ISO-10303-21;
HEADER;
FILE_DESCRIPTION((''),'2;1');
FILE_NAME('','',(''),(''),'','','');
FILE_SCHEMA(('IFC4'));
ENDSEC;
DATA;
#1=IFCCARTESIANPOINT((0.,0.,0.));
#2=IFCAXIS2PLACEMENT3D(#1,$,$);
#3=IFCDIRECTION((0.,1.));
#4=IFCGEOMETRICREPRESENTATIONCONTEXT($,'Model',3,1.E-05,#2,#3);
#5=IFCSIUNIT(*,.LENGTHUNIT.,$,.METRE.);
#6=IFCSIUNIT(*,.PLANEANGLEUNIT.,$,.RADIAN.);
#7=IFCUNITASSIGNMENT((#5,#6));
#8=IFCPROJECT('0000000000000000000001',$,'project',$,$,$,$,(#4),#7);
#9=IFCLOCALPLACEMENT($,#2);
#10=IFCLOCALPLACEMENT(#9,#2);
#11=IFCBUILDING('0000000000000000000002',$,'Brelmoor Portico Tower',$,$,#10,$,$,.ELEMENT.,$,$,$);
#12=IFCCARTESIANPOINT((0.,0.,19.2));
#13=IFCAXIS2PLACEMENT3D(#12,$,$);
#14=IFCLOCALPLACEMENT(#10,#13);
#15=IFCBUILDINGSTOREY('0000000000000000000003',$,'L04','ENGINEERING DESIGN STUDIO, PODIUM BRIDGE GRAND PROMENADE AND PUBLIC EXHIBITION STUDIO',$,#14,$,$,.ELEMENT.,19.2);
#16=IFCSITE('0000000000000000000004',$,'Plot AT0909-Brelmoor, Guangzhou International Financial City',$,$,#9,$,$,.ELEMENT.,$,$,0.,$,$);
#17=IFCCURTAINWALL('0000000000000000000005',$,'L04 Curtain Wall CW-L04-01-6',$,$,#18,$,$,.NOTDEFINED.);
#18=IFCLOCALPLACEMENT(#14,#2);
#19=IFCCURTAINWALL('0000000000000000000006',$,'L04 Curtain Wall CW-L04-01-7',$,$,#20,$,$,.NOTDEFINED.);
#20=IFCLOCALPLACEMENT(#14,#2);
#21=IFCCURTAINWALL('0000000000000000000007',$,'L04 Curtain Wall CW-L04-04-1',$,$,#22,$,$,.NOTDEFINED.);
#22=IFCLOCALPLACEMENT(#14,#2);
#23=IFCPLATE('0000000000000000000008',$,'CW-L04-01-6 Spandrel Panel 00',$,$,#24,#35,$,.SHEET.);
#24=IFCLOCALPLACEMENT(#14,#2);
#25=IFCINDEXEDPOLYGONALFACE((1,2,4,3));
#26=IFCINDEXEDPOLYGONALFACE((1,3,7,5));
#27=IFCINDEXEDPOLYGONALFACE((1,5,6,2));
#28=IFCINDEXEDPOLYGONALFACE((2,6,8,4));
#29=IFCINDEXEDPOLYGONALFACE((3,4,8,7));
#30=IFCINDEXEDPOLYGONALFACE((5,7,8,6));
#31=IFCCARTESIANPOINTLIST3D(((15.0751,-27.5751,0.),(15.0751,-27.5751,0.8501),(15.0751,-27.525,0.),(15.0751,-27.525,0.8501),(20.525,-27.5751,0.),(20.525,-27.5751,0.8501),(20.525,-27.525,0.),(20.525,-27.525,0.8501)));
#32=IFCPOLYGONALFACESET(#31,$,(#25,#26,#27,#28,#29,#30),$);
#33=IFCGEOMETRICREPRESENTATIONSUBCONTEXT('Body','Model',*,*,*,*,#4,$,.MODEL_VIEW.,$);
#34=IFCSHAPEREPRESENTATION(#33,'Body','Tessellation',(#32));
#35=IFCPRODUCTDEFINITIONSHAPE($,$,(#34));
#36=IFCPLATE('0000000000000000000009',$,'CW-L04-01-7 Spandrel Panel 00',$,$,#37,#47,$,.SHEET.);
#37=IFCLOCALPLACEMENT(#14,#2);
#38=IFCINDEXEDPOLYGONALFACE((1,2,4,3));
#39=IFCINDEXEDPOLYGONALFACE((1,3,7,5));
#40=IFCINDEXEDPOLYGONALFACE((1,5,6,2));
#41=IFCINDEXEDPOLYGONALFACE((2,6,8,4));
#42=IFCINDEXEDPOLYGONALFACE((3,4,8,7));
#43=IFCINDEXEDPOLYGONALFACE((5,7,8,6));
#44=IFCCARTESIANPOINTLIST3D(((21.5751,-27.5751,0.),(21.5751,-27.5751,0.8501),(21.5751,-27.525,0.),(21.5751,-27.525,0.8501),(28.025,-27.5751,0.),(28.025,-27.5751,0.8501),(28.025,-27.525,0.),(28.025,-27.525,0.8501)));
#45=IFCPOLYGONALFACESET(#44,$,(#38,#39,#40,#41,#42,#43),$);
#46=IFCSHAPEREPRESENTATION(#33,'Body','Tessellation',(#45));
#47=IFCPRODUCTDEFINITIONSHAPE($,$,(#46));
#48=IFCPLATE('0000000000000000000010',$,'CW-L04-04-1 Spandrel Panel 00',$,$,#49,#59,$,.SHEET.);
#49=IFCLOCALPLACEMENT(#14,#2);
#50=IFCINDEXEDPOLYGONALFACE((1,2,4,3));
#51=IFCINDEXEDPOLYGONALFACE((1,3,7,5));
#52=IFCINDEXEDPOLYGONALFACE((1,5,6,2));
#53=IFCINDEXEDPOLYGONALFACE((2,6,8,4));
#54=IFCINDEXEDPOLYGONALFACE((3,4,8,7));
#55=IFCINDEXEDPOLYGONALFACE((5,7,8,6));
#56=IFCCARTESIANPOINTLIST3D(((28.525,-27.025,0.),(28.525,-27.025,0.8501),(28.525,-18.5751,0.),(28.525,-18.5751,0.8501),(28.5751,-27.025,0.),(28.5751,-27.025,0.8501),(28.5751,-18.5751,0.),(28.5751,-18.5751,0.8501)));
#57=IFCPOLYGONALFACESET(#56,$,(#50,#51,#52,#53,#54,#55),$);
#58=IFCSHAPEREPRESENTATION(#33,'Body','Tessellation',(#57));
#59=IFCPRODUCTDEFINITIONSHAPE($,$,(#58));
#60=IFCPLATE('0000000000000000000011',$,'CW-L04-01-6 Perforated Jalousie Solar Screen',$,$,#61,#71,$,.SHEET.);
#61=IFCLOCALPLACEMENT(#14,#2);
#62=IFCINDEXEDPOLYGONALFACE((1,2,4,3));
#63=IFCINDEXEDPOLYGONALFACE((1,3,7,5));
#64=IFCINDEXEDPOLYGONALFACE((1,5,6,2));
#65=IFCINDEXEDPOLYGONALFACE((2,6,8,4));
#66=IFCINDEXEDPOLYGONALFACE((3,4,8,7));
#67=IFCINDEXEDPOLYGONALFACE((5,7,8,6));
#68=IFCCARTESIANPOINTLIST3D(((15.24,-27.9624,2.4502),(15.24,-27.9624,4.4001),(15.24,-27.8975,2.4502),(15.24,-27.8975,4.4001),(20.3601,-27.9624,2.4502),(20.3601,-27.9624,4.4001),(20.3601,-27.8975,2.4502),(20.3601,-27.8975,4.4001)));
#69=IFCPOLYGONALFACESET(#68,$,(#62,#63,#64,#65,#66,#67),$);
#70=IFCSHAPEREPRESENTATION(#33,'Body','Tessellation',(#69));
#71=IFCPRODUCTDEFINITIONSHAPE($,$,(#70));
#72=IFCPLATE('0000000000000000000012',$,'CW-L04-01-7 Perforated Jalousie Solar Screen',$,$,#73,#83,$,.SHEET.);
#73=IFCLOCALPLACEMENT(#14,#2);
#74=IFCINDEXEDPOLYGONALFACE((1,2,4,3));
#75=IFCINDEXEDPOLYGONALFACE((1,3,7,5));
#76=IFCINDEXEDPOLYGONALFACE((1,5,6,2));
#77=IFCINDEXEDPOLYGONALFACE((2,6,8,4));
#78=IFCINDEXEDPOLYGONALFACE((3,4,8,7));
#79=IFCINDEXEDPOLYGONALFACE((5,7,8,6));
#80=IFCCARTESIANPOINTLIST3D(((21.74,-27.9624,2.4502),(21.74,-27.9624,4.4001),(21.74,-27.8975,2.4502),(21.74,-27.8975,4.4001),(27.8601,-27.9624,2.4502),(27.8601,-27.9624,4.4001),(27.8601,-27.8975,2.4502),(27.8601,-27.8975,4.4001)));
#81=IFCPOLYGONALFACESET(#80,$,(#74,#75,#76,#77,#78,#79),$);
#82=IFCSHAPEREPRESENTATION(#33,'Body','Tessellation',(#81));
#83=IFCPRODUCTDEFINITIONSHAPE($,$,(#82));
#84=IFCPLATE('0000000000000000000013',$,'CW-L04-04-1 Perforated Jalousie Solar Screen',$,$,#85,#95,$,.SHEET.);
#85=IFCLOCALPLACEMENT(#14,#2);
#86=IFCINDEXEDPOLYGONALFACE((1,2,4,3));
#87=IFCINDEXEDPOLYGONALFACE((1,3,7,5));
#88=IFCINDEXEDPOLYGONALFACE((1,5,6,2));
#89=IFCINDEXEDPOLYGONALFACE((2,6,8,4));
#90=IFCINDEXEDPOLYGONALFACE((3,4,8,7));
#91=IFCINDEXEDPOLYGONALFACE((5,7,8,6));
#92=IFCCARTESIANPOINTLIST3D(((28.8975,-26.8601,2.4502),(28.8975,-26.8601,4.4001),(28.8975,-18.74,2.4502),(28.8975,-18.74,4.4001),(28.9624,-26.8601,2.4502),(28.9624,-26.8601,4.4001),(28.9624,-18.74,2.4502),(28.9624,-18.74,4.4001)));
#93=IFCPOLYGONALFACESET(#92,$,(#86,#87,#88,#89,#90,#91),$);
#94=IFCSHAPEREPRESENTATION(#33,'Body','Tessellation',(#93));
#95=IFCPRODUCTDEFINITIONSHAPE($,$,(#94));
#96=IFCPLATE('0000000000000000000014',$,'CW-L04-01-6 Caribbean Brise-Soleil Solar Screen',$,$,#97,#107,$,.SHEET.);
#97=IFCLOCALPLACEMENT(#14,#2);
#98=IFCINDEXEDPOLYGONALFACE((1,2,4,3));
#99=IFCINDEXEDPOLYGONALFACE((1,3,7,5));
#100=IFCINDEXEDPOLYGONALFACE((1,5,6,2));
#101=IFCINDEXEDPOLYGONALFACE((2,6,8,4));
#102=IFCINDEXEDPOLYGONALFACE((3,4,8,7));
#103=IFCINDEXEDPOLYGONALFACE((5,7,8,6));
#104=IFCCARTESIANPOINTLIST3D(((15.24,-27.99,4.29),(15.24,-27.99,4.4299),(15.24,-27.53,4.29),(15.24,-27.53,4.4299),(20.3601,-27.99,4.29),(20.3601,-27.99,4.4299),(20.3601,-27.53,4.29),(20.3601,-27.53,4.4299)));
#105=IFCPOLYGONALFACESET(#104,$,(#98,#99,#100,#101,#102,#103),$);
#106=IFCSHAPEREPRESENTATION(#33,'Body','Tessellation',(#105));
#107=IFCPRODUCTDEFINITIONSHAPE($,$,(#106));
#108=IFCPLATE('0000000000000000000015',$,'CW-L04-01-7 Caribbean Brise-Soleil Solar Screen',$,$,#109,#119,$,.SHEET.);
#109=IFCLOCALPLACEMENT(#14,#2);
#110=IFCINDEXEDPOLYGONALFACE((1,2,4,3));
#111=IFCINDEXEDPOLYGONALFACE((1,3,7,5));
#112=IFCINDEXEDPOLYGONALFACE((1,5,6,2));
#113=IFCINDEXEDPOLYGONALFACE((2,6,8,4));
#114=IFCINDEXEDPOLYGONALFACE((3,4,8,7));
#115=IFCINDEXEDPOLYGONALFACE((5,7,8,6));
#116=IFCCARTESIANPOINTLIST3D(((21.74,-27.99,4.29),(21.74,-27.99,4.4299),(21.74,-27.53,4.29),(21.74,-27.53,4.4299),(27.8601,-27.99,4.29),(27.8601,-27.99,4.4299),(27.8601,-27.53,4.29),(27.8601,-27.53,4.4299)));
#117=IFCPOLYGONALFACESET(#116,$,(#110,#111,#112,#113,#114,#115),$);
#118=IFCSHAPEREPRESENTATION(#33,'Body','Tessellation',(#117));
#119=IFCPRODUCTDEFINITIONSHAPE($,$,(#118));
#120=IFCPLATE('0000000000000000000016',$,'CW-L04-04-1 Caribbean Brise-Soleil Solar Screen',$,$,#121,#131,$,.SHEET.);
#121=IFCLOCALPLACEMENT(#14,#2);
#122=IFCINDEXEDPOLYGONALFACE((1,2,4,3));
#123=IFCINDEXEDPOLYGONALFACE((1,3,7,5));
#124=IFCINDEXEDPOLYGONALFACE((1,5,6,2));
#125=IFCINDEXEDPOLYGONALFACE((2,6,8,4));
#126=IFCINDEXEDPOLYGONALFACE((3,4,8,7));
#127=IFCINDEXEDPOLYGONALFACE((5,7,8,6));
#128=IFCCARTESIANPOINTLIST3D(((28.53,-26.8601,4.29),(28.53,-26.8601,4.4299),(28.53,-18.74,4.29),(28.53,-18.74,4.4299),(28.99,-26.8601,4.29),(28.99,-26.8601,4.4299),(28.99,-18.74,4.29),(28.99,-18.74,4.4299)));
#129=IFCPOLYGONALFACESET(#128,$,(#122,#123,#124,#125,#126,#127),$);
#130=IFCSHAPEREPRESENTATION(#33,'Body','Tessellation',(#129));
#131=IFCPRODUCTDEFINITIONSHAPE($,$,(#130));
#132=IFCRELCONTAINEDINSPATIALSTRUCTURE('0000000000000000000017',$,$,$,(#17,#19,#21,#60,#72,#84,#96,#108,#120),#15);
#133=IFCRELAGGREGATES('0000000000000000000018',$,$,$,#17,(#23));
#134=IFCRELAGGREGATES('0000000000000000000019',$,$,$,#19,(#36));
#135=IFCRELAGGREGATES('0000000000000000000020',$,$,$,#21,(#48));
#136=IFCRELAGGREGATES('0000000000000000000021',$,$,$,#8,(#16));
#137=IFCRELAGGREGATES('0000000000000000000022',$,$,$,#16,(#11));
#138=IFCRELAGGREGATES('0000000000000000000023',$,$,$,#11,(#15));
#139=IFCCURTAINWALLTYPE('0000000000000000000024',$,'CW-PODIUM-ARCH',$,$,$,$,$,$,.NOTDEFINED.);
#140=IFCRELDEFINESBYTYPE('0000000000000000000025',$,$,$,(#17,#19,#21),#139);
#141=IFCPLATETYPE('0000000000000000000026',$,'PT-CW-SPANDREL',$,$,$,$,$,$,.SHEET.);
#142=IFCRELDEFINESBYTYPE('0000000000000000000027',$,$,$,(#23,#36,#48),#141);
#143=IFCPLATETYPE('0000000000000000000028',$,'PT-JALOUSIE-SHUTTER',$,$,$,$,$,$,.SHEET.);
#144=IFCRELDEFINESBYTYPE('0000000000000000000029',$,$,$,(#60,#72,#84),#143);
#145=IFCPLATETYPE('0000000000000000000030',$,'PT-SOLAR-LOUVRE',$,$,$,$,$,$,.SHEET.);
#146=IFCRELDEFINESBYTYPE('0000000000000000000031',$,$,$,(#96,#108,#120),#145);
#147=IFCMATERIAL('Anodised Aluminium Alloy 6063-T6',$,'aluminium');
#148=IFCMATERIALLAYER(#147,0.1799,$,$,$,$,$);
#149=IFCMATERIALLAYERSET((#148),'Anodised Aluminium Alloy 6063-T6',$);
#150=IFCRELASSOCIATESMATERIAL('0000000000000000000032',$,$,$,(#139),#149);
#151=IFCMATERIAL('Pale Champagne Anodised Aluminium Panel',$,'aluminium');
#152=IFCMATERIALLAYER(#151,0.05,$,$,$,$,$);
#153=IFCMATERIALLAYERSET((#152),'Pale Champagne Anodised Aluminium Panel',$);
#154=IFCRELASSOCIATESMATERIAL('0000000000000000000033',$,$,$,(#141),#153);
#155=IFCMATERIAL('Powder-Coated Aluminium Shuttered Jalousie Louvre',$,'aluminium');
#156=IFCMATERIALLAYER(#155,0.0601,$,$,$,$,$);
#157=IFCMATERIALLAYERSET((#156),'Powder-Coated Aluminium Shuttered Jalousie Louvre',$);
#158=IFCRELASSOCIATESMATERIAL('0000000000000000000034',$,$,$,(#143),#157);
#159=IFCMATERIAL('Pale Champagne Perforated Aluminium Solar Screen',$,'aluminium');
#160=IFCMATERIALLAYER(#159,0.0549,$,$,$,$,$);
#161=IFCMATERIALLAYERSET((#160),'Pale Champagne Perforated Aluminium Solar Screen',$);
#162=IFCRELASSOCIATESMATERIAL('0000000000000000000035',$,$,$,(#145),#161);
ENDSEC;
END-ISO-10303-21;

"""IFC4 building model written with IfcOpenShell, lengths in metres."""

from ifc_helpers import new_model, si_unit, direction, frame, origin, origin_2d, place, context, subcontext, project, spatial, rectangle, extrude, material, layer, layer_set, type_object, element, aggregate, save


model = new_model("IFC4")

# Units and contexts
model_context = context("Model", 3, precision=1e-05, world=origin(), true_north=direction((0.0, 1.0)))
body_context = subcontext(model_context, "Body", "Model", "MODEL_VIEW")
ifc_project = project(units=[si_unit("LENGTHUNIT", "METRE"), si_unit("PLANEANGLEUNIT", "RADIAN")], contexts=[model_context])

# Site, building, storey
site_placement = place(None, origin())
site = spatial("IfcSite", under=ifc_project, at=site_placement, Name="Plot AT0909-Brelmoor, Guangzhou International Financial City", CompositionType="ELEMENT", RefElevation=0.0)
building_placement = place(site_placement, origin())
building = spatial("IfcBuilding", under=site, at=building_placement, Name="Brelmoor Portico Tower", CompositionType="ELEMENT")
storey_placement = place(building_placement, frame((0.0, 0.0, 19.2)))
storey = spatial("IfcBuildingStorey", under=building, at=storey_placement, Name="L04", Description="ENGINEERING DESIGN STUDIO, PODIUM BRIDGE GRAND PROMENADE AND PUBLIC EXHIBITION STUDIO", CompositionType="ELEMENT", Elevation=19.2)

# Curtain walls
ifc_material_1 = material(Name="Anodised Aluminium Alloy 6063-T6", Category="aluminium")
ifc_layer_1 = layer(ifc_material_1, 0.1799)
ifc_layer_set_1 = layer_set([ifc_layer_1], Name="Anodised Aluminium Alloy 6063-T6")
curtain_wall_type = type_object("IfcCurtainWallType", Name="CW-PODIUM-ARCH", PredefinedType="NOTDEFINED", material=ifc_layer_set_1)
curtain_wall_1_placement = place(storey_placement, origin())
curtain_wall_1 = element("IfcCurtainWall", 1, at=curtain_wall_1_placement, inside=storey, type_object=curtain_wall_type, Name="L04 Curtain Wall CW-L04-01-6", PredefinedType="NOTDEFINED")
curtain_wall_2_placement = place(storey_placement, origin())
curtain_wall_2 = element("IfcCurtainWall", 2, at=curtain_wall_2_placement, inside=storey, type_object=curtain_wall_type, Name="L04 Curtain Wall CW-L04-01-7", PredefinedType="NOTDEFINED")
curtain_wall_3_placement = place(storey_placement, origin())
curtain_wall_3 = element("IfcCurtainWall", 3, at=curtain_wall_3_placement, inside=storey, type_object=curtain_wall_type, Name="L04 Curtain Wall CW-L04-04-1", PredefinedType="NOTDEFINED")

# Plates
ifc_material_2 = material(Name="Pale Champagne Anodised Aluminium Panel", Category="aluminium")
ifc_layer_2 = layer(ifc_material_2, 0.05)
ifc_layer_set_2 = layer_set([ifc_layer_2], Name="Pale Champagne Anodised Aluminium Panel")
plate_type_1 = type_object("IfcPlateType", Name="PT-CW-SPANDREL", PredefinedType="SHEET", material=ifc_layer_set_2)
plate_1_placement = place(storey_placement, frame((17.8, -27.55, 0.0), z_axis=(0.0, 0.0, 1.0), x_axis=(1.0, 0.0, 0.0)))
plate_1 = element("IfcPlate", 4, at=plate_1_placement, type_object=plate_type_1, Name="CW-L04-01-6 Spandrel Panel 00", PredefinedType="SHEET", context=body_context, shape_type="SweptSolid", body=[
    extrude(rectangle(XDim=5.45, YDim=0.05, at=origin_2d()), origin(), (0.0, 0.0, 1.0), 0.8501),
])
aggregate(curtain_wall_1, [plate_1])
plate_2_placement = place(storey_placement, frame((24.8, -27.55, 0.0), z_axis=(0.0, 0.0, 1.0), x_axis=(1.0, 0.0, 0.0)))
plate_2 = element("IfcPlate", 5, at=plate_2_placement, type_object=plate_type_1, Name="CW-L04-01-7 Spandrel Panel 00", PredefinedType="SHEET", context=body_context, shape_type="SweptSolid", body=[
    extrude(rectangle(XDim=6.45, YDim=0.05, at=origin_2d()), origin(), (0.0, 0.0, 1.0), 0.8501),
])
aggregate(curtain_wall_2, [plate_2])
plate_3_placement = place(storey_placement, frame((28.55, -22.8, 0.0), z_axis=(0.0, 0.0, 1.0), x_axis=(0.0, 1.0, 0.0)))
plate_3 = element("IfcPlate", 6, at=plate_3_placement, type_object=plate_type_1, Name="CW-L04-04-1 Spandrel Panel 00", PredefinedType="SHEET", context=body_context, shape_type="SweptSolid", body=[
    extrude(rectangle(XDim=8.45, YDim=0.05, at=origin_2d()), origin(), (0.0, 0.0, 1.0), 0.8501),
])
aggregate(curtain_wall_3, [plate_3])

# Plates
ifc_material_3 = material(Name="Powder-Coated Aluminium Shuttered Jalousie Louvre", Category="aluminium")
ifc_layer_3 = layer(ifc_material_3, 0.0601)
ifc_layer_set_3 = layer_set([ifc_layer_3], Name="Powder-Coated Aluminium Shuttered Jalousie Louvre")
plate_type_2 = type_object("IfcPlateType", Name="PT-JALOUSIE-SHUTTER", PredefinedType="SHEET", material=ifc_layer_set_3)
plate_4_placement = place(storey_placement, frame((17.8, -27.9299, 2.4502), z_axis=(0.0, 0.0, 1.0), x_axis=(1.0, 0.0, 0.0)))
element("IfcPlate", 7, at=plate_4_placement, inside=storey, type_object=plate_type_2, Name="CW-L04-01-6 Perforated Jalousie Solar Screen", PredefinedType="SHEET", context=body_context, shape_type="SweptSolid", body=[
    extrude(rectangle(XDim=5.1201, YDim=0.0649, at=origin_2d()), origin(), (0.0, 0.0, 1.0), 1.95),
])
plate_5_placement = place(storey_placement, frame((24.8, -27.9299, 2.4502), z_axis=(0.0, 0.0, 1.0), x_axis=(1.0, 0.0, 0.0)))
element("IfcPlate", 8, at=plate_5_placement, inside=storey, type_object=plate_type_2, Name="CW-L04-01-7 Perforated Jalousie Solar Screen", PredefinedType="SHEET", context=body_context, shape_type="SweptSolid", body=[
    extrude(rectangle(XDim=6.1201, YDim=0.0649, at=origin_2d()), origin(), (0.0, 0.0, 1.0), 1.95),
])
plate_6_placement = place(storey_placement, frame((28.9299, -22.8, 2.4502), z_axis=(0.0, 0.0, 1.0), x_axis=(0.0, 1.0, 0.0)))
element("IfcPlate", 9, at=plate_6_placement, inside=storey, type_object=plate_type_2, Name="CW-L04-04-1 Perforated Jalousie Solar Screen", PredefinedType="SHEET", context=body_context, shape_type="SweptSolid", body=[
    extrude(rectangle(XDim=8.1201, YDim=0.0649, at=origin_2d()), origin(), (0.0, 0.0, 1.0), 1.95),
])
ifc_material_4 = material(Name="Pale Champagne Perforated Aluminium Solar Screen", Category="aluminium")
ifc_layer_4 = layer(ifc_material_4, 0.0549)
ifc_layer_set_4 = layer_set([ifc_layer_4], Name="Pale Champagne Perforated Aluminium Solar Screen")
plate_type_3 = type_object("IfcPlateType", Name="PT-SOLAR-LOUVRE", PredefinedType="SHEET", material=ifc_layer_set_4)
plate_7_placement = place(storey_placement, frame((17.8, -27.76, 4.29), z_axis=(0.0, 0.0, 1.0), x_axis=(1.0, 0.0, 0.0)))
element("IfcPlate", 10, at=plate_7_placement, inside=storey, type_object=plate_type_3, Name="CW-L04-01-6 Caribbean Brise-Soleil Solar Screen", PredefinedType="SHEET", context=body_context, shape_type="SweptSolid", body=[
    extrude(rectangle(XDim=5.1201, YDim=0.46, at=origin_2d()), origin(), (0.0, 0.0, 1.0), 0.1399),
])
plate_8_placement = place(storey_placement, frame((24.8, -27.76, 4.29), z_axis=(0.0, 0.0, 1.0), x_axis=(1.0, 0.0, 0.0)))
element("IfcPlate", 11, at=plate_8_placement, inside=storey, type_object=plate_type_3, Name="CW-L04-01-7 Caribbean Brise-Soleil Solar Screen", PredefinedType="SHEET", context=body_context, shape_type="SweptSolid", body=[
    extrude(rectangle(XDim=6.1201, YDim=0.46, at=origin_2d()), origin(), (0.0, 0.0, 1.0), 0.1399),
])
plate_9_placement = place(storey_placement, frame((28.76, -22.8, 4.29), z_axis=(0.0, 0.0, 1.0), x_axis=(0.0, 1.0, 0.0)))
element("IfcPlate", 12, at=plate_9_placement, inside=storey, type_object=plate_type_3, Name="CW-L04-04-1 Caribbean Brise-Soleil Solar Screen", PredefinedType="SHEET", context=body_context, shape_type="SweptSolid", body=[
    extrude(rectangle(XDim=8.1201, YDim=0.46, at=origin_2d()), origin(), (0.0, 0.0, 1.0), 0.1399),
])

save(model, "model.ifc")
